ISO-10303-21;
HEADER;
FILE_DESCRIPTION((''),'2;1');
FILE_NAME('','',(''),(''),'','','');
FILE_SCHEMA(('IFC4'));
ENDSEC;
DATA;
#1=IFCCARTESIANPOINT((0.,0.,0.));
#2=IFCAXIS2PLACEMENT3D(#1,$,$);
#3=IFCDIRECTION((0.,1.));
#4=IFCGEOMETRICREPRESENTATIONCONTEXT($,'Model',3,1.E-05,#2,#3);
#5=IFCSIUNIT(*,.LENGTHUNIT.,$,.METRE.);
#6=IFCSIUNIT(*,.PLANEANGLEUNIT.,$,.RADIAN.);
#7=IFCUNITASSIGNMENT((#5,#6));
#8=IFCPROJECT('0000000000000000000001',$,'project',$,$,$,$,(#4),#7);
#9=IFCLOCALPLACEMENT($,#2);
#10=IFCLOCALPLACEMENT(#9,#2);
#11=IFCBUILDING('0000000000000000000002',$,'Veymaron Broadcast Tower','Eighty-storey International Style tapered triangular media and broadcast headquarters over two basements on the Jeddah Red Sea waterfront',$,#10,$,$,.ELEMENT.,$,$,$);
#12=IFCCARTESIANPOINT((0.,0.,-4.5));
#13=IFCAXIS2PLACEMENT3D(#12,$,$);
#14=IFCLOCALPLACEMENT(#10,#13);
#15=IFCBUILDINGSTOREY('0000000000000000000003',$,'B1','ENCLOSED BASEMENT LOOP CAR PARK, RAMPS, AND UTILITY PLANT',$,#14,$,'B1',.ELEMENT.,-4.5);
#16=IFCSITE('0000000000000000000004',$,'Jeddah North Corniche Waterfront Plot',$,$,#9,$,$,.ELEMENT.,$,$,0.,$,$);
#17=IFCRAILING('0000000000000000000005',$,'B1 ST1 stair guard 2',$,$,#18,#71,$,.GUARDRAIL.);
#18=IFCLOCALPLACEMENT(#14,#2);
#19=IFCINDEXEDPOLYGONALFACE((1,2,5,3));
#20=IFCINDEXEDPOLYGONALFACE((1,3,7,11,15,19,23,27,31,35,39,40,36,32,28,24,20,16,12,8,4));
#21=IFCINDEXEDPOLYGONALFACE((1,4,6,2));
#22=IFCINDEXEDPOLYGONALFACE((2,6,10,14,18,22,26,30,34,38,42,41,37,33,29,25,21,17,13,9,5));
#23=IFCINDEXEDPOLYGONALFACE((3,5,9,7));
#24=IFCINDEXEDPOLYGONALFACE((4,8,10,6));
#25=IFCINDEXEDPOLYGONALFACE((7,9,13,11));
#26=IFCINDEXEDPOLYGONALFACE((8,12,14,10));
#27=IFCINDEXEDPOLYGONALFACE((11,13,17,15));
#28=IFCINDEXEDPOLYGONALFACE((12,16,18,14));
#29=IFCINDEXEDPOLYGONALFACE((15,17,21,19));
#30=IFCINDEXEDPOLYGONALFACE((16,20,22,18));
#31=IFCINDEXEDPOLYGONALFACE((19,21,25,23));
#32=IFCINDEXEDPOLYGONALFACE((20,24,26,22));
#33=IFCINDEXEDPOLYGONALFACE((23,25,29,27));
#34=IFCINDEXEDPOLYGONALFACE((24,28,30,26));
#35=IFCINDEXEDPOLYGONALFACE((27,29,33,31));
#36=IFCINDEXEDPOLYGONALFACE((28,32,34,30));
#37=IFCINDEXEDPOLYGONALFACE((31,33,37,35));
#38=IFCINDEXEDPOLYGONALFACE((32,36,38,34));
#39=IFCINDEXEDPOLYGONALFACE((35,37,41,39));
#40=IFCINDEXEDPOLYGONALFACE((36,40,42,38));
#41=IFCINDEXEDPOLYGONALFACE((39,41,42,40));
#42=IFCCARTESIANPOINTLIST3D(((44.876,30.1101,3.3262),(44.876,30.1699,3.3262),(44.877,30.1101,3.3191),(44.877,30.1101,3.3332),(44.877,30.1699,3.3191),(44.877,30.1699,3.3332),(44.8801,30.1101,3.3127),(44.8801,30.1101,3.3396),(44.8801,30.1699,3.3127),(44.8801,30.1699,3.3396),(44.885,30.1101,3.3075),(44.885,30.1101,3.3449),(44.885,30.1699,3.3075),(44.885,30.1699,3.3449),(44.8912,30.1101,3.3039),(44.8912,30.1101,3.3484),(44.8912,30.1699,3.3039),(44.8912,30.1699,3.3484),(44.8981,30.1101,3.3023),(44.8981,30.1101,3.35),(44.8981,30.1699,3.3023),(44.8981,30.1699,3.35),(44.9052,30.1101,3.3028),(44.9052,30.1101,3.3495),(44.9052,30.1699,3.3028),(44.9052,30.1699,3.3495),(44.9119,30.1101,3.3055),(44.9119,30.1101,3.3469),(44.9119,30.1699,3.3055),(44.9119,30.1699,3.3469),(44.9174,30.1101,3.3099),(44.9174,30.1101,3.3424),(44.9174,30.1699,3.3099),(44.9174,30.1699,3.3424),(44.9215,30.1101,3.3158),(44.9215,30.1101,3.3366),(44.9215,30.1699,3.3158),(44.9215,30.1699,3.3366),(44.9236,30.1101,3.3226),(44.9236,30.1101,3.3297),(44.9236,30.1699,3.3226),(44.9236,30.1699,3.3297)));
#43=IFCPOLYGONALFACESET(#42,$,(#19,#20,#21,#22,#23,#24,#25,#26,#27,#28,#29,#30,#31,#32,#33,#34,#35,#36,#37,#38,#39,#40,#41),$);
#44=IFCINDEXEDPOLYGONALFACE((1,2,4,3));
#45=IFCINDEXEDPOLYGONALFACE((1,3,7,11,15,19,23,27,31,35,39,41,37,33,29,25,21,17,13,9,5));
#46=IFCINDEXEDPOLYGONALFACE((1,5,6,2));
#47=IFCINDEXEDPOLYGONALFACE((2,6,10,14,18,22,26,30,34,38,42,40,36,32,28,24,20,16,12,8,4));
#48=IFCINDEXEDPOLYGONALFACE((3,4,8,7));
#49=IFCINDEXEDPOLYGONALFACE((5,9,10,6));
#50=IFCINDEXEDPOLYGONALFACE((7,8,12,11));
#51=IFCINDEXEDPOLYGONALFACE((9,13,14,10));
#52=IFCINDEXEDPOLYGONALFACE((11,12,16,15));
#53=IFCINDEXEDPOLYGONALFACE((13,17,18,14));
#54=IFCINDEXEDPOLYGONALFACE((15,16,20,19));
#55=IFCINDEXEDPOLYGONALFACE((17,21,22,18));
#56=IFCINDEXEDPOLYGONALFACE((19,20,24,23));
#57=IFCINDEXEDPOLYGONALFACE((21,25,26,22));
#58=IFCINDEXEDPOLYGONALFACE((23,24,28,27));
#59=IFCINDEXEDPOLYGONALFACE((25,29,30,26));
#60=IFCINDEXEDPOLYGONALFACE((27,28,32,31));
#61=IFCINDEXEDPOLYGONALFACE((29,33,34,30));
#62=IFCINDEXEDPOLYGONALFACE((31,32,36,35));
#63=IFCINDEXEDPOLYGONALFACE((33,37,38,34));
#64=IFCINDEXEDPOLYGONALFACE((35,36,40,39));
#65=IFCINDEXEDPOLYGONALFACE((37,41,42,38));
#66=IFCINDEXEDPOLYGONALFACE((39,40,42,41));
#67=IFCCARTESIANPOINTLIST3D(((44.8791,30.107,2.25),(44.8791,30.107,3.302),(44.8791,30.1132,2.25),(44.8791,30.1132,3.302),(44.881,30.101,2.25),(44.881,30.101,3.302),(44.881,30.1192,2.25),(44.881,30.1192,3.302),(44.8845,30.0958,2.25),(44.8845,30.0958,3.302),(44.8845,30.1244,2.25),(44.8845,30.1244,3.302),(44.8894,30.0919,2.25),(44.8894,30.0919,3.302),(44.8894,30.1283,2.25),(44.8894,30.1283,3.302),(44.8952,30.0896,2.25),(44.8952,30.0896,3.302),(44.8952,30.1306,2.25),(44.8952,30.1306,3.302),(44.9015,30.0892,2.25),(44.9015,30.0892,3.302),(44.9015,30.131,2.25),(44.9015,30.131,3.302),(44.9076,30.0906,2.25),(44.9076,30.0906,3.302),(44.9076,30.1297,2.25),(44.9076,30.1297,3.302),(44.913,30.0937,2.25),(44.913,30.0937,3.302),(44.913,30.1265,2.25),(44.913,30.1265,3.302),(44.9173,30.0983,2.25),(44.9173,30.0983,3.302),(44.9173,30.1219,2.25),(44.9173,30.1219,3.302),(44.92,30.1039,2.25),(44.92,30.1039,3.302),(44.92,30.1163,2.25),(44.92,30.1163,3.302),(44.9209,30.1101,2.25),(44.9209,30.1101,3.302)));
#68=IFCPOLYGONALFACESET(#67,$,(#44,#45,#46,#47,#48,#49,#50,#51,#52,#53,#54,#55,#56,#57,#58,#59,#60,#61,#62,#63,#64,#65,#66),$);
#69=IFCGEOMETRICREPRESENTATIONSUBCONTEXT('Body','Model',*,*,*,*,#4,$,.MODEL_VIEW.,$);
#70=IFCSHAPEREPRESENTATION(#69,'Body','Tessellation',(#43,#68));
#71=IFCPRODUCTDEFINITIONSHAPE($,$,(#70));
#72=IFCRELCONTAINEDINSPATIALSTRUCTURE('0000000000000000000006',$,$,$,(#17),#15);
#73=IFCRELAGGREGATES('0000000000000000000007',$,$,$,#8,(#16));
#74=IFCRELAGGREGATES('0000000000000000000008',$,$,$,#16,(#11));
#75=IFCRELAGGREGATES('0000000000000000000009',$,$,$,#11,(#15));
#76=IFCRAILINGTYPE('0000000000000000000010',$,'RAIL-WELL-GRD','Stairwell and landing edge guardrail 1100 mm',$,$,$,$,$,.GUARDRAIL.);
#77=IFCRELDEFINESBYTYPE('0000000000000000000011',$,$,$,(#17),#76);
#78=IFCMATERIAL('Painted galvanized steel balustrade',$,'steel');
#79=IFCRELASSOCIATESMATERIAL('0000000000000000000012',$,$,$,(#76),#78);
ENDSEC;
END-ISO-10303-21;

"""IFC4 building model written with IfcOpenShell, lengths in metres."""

from ifc_helpers import new_model, si_unit, direction, frame, origin, origin_2d, place, context, subcontext, project, spatial, circle, extrude, material, type_object, element, save


model = new_model("IFC4")

# Units and contexts
model_context = context("Model", 3, precision=1e-05, world=origin(), true_north=direction((0.0, 1.0)))
body_context = subcontext(model_context, "Body", "Model", "MODEL_VIEW")
ifc_project = project(units=[si_unit("LENGTHUNIT", "METRE"), si_unit("PLANEANGLEUNIT", "RADIAN")], contexts=[model_context])

# Site, building, storey
site_placement = place(None, origin())
site = spatial("IfcSite", under=ifc_project, at=site_placement, Name="Jeddah North Corniche Waterfront Plot", CompositionType="ELEMENT", RefElevation=0.0)
building_placement = place(site_placement, origin())
building = spatial("IfcBuilding", under=site, at=building_placement, Name="Veymaron Broadcast Tower", Description="Eighty-storey International Style tapered triangular media and broadcast headquarters over two basements on the Jeddah Red Sea waterfront", CompositionType="ELEMENT")
storey_placement = place(building_placement, frame((0.0, 0.0, -4.5)))
storey = spatial("IfcBuildingStorey", under=building, at=storey_placement, Name="B1", Description="ENCLOSED BASEMENT LOOP CAR PARK, RAMPS, AND UTILITY PLANT", LongName="B1", CompositionType="ELEMENT", Elevation=-4.5)

# Railing
ifc_material_1 = material(Name="Painted galvanized steel balustrade", Category="steel")
railing_type_1 = type_object("IfcRailingType", Name="RAIL-WELL-GRD", Description="Stairwell and landing edge guardrail 1100 mm", PredefinedType="GUARDRAIL", material=ifc_material_1)
railing_1_placement = place(storey_placement, frame((44.8999, 30.1101, 2.25)))
element("IfcRailing", 1, at=railing_1_placement, inside=storey, type_object=railing_type_1, Name="B1 ST1 stair guard 2", PredefinedType="GUARDRAIL", context=body_context, shape_type="SweptSolid", body=[
    extrude(circle(Radius=0.0239, at=origin_2d()), frame((0.0, 0.0, 1.0762), z_axis=(0.0, 1.0, 0.0), x_axis=(-1.0, 0.0, 0.0)), (0.0, 0.0, 1.0), 0.0598),
    extrude(circle(Radius=0.021, at=origin_2d()), origin(), (0.0, 0.0, 1.0), 1.052),
])

save(model, "model.ifc")
